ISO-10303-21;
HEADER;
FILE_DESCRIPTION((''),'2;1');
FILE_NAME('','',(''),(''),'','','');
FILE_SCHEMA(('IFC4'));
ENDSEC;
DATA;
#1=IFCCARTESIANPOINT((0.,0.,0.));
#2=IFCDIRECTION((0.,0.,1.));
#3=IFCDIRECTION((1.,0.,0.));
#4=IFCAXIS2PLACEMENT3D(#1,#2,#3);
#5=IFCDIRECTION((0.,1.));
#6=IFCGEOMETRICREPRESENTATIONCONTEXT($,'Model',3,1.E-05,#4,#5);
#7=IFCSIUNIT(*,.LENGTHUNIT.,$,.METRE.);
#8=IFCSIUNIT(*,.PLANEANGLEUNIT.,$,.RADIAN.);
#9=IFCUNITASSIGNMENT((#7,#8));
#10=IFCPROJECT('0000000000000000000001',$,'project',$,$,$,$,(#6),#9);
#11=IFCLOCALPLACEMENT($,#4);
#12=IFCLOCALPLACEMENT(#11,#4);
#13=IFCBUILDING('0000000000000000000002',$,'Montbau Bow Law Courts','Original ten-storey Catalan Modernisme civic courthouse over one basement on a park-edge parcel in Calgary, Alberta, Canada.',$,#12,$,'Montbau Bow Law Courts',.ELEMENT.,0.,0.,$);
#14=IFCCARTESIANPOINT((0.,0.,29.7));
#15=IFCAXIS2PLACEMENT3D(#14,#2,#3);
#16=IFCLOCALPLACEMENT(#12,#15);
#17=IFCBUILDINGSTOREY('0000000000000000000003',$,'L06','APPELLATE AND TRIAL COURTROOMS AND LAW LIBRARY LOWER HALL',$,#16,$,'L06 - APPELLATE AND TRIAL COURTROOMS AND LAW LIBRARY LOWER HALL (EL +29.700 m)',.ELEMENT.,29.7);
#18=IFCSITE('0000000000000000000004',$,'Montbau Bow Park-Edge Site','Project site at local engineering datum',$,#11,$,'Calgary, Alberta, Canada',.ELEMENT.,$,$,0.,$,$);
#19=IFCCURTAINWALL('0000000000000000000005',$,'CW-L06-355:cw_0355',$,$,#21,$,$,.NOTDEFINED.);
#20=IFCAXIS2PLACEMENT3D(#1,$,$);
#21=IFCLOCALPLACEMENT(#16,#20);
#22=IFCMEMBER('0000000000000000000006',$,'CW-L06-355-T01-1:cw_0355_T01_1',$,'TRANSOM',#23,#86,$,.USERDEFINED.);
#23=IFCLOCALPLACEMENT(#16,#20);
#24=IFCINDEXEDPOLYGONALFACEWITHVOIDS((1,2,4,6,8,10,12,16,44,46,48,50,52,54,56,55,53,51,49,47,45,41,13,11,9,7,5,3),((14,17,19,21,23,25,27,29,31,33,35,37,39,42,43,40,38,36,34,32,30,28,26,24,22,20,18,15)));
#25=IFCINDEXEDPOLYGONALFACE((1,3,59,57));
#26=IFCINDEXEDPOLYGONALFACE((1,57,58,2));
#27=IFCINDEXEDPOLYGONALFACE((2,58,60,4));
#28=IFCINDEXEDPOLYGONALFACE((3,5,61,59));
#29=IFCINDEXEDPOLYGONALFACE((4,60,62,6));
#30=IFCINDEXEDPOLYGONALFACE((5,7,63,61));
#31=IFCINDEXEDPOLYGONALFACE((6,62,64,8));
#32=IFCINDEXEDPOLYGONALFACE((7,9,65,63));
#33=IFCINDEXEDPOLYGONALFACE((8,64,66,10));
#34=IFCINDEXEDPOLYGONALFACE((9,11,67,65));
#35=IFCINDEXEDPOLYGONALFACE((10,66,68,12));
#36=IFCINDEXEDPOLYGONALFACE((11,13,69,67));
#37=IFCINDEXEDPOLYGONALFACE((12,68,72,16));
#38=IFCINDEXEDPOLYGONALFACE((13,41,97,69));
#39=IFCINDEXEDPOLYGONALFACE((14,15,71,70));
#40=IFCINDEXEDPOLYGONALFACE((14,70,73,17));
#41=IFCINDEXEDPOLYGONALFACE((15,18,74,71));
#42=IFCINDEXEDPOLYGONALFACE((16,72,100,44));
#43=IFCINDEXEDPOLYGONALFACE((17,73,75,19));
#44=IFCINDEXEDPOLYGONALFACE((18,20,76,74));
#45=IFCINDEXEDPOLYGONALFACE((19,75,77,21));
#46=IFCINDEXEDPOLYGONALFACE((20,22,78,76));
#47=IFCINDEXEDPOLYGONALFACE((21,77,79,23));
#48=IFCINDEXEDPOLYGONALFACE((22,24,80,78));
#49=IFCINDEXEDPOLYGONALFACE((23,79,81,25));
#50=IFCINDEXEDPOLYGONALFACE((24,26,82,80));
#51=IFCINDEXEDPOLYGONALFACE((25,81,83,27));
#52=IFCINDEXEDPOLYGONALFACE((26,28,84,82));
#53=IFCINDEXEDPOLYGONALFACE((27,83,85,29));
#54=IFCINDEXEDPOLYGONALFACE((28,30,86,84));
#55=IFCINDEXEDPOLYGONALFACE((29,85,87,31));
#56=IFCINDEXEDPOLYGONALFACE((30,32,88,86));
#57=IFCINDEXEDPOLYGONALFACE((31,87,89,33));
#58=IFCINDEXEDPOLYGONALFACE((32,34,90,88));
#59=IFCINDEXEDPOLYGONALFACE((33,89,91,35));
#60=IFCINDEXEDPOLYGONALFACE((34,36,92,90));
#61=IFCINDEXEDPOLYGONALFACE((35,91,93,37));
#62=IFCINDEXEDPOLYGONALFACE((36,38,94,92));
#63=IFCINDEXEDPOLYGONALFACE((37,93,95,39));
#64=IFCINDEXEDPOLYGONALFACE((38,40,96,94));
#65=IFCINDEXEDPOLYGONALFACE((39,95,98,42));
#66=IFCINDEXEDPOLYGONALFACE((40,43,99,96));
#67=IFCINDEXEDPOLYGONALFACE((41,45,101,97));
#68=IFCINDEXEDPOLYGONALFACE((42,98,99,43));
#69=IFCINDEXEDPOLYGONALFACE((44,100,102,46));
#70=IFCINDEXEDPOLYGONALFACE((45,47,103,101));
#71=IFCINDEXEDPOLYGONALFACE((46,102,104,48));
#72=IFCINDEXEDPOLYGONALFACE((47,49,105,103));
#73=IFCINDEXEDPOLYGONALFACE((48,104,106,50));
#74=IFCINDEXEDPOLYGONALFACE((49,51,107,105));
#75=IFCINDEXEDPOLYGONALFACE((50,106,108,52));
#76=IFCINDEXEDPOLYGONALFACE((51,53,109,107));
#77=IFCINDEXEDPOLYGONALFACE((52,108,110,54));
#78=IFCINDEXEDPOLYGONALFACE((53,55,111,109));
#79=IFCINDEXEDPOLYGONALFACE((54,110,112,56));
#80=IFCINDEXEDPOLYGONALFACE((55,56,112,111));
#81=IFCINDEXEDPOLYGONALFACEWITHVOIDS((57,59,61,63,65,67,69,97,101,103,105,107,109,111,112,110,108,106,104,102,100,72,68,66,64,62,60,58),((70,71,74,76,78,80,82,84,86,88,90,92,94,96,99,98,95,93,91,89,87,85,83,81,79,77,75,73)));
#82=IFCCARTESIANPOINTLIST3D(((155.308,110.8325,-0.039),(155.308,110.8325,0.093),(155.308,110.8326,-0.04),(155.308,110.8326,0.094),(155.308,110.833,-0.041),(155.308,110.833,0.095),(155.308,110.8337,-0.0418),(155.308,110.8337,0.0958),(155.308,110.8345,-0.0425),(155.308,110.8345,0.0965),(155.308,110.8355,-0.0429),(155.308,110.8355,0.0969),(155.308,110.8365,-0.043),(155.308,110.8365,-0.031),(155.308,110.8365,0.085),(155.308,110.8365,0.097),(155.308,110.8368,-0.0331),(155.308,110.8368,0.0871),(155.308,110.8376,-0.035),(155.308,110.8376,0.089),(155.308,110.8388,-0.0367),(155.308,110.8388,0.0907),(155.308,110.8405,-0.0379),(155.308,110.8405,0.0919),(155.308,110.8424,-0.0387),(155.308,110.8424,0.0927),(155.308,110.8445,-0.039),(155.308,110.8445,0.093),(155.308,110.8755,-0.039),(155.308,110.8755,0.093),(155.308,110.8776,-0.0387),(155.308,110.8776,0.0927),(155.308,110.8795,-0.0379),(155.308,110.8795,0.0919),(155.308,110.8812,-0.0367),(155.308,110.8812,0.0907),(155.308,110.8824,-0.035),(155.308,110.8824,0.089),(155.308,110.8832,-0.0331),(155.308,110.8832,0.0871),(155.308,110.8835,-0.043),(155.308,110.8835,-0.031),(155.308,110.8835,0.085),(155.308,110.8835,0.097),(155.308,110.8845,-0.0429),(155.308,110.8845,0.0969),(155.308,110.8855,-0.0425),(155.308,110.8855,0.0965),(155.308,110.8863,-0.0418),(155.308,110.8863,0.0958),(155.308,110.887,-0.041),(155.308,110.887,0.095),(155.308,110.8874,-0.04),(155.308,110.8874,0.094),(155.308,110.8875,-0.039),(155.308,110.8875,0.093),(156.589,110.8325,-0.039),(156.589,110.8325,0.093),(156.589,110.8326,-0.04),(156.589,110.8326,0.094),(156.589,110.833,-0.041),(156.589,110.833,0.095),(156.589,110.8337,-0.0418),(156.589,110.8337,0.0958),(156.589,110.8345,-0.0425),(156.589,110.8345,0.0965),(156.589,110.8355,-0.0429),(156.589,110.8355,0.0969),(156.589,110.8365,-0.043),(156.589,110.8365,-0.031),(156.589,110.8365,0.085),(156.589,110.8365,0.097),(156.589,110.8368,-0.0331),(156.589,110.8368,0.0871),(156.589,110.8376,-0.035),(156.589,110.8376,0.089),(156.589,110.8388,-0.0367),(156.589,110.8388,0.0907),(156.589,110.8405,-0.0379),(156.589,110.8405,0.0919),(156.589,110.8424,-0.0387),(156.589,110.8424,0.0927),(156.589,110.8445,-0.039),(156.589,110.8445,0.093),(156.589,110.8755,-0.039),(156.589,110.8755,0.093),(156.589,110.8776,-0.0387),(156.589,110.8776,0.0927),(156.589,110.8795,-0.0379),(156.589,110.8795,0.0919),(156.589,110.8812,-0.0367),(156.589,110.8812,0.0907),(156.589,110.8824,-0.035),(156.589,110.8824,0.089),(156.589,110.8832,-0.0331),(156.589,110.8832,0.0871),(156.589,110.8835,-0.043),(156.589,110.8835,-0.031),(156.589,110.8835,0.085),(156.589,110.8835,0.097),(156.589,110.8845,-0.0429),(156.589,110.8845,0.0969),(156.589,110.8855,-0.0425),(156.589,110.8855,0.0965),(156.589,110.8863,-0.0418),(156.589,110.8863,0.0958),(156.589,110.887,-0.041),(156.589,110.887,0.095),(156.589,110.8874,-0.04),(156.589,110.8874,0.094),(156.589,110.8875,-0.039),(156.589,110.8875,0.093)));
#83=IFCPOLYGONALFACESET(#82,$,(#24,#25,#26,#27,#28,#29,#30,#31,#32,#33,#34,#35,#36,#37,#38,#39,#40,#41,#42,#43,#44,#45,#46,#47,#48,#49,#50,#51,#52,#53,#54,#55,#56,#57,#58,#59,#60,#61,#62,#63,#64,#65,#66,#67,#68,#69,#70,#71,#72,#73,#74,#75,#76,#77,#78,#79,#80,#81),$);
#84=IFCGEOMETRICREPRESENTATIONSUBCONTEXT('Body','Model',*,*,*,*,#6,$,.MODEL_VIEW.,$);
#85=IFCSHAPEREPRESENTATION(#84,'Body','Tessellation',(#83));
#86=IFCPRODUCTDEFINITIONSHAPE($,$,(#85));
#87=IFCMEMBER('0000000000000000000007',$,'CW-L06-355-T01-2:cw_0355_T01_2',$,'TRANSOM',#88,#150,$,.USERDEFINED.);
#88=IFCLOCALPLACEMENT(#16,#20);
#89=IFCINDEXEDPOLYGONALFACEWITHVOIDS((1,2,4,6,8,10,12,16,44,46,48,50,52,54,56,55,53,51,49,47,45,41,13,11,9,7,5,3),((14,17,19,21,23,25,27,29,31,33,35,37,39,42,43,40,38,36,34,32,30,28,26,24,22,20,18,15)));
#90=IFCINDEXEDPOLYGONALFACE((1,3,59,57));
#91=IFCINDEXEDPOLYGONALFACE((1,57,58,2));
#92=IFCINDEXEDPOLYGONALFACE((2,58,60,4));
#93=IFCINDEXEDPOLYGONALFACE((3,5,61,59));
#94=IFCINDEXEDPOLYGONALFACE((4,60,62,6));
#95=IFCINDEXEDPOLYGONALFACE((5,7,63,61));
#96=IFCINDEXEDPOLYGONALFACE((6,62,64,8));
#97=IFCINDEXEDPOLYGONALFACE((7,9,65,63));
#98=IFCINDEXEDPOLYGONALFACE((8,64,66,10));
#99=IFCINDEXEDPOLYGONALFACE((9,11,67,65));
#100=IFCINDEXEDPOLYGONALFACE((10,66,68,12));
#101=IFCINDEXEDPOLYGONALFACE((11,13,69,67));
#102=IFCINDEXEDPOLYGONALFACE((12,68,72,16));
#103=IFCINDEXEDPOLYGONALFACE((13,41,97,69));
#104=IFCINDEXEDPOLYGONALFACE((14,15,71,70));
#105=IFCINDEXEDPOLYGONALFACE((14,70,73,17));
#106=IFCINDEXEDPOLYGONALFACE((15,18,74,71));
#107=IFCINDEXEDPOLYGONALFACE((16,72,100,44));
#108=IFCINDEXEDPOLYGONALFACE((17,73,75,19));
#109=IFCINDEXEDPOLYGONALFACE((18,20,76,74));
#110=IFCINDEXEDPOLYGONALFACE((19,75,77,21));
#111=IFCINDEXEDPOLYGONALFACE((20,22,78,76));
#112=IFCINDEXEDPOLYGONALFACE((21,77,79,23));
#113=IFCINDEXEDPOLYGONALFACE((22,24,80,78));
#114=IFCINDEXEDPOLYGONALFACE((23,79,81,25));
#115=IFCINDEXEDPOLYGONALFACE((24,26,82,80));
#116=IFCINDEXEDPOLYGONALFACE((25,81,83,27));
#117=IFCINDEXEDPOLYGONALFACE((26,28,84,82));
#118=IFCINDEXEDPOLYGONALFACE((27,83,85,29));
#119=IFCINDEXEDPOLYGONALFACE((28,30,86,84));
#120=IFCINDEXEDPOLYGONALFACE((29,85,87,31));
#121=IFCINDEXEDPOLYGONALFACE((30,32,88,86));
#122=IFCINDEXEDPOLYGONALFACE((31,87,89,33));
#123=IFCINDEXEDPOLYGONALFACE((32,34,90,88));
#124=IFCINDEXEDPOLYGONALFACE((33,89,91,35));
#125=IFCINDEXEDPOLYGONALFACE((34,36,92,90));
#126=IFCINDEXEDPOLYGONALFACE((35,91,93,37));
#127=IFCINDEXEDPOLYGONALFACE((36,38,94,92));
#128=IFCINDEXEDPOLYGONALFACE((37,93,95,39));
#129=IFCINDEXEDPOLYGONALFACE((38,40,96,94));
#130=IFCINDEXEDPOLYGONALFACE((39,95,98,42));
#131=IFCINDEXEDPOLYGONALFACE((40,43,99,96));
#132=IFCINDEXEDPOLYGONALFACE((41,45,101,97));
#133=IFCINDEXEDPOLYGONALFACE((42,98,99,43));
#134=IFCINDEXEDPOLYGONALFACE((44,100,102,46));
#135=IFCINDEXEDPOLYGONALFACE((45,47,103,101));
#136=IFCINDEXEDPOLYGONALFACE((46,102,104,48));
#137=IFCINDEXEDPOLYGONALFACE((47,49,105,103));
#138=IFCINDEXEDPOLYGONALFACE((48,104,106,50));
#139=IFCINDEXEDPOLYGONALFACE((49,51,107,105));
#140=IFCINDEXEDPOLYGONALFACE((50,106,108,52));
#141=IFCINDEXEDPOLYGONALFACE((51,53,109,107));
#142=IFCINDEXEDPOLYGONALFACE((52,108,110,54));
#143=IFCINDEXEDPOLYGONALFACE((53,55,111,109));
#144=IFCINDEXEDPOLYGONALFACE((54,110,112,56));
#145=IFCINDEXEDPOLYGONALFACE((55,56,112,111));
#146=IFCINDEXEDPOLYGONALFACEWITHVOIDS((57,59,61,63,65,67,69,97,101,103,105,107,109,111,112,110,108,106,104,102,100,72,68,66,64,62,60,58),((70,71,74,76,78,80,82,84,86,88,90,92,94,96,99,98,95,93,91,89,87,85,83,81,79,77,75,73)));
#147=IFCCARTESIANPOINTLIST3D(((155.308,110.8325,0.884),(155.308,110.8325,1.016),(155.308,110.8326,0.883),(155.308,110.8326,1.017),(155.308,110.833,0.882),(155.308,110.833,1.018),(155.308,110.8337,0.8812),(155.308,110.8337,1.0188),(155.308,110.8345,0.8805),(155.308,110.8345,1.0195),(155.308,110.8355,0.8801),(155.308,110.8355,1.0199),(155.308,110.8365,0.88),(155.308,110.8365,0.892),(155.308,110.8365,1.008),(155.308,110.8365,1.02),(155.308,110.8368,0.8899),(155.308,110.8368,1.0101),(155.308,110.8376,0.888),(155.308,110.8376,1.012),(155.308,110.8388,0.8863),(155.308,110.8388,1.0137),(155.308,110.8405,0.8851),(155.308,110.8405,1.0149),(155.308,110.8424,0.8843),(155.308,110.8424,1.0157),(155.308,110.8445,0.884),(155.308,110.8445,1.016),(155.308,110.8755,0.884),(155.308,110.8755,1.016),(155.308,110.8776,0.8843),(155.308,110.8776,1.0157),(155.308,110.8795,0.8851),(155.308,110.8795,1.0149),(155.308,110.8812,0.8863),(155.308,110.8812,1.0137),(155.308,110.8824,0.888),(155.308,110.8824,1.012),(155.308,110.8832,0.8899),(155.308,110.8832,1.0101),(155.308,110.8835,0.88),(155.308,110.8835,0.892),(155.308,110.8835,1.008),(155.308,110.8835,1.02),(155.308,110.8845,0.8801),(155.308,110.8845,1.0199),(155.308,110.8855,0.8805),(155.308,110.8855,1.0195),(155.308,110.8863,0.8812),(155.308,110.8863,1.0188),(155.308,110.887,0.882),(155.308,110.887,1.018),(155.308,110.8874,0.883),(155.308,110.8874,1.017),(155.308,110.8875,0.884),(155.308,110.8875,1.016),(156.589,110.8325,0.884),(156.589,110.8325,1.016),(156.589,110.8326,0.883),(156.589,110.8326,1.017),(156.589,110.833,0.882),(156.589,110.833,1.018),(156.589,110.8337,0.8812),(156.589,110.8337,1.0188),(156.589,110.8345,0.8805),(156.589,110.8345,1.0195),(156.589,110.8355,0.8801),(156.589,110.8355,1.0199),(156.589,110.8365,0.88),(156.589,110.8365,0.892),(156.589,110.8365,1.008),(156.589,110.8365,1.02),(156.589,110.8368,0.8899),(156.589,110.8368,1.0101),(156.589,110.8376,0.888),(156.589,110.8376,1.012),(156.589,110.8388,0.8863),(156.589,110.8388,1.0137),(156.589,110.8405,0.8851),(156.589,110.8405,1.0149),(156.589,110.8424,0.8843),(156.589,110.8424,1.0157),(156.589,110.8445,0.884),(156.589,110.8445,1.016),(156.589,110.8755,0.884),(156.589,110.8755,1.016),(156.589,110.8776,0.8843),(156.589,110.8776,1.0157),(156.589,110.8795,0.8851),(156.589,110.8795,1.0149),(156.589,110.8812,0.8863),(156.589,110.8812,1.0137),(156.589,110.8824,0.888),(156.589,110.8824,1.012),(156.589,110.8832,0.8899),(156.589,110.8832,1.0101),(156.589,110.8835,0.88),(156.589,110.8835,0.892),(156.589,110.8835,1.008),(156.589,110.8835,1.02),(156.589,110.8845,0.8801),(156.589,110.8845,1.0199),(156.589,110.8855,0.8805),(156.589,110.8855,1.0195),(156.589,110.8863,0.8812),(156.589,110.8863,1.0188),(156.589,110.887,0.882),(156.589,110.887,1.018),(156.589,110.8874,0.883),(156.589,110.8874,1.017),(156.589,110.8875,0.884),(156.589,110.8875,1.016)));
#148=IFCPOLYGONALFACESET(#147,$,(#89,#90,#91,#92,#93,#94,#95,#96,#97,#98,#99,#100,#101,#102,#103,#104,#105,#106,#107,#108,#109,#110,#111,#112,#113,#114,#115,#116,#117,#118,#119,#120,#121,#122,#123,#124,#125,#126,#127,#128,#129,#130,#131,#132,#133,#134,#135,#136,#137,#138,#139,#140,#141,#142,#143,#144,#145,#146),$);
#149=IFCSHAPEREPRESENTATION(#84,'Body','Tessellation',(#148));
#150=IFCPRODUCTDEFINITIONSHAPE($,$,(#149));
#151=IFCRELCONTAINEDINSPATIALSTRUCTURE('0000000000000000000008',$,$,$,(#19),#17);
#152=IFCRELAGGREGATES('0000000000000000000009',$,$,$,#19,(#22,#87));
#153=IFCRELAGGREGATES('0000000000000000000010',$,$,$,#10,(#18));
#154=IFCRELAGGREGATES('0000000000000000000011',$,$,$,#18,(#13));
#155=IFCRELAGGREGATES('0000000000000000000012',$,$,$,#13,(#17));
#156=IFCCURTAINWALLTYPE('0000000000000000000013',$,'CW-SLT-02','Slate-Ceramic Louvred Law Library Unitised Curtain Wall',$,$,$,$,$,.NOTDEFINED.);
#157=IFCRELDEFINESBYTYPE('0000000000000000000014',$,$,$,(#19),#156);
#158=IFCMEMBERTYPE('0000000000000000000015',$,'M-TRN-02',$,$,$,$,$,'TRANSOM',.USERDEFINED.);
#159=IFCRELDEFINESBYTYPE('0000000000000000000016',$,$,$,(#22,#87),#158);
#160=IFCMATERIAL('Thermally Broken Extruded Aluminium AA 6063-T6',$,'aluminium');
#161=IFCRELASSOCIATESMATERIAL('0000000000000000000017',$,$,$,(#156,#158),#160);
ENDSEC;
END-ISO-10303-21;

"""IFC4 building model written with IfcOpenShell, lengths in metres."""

from ifc_helpers import new_model, si_unit, direction, frame, origin_with_axes, origin_2d_with_axis, place, context, subcontext, project, spatial, hollow_rectangle, extrude, material, material_profile, profile_set, type_object, element, aggregate, save


model = new_model("IFC4")

# Units and contexts
model_context = context("Model", 3, precision=1e-05, world=origin_with_axes(), true_north=direction((0.0, 1.0)))
body_context = subcontext(model_context, "Body", "Model", "MODEL_VIEW")
ifc_project = project(units=[si_unit("LENGTHUNIT", "METRE"), si_unit("PLANEANGLEUNIT", "RADIAN")], contexts=[model_context])

# Site, building, storey
site_placement = place(None, origin_with_axes())
site = spatial("IfcSite", under=ifc_project, at=site_placement, Name="Montbau Bow Park-Edge Site", Description="Project site at local engineering datum", LongName="Calgary, Alberta, Canada", CompositionType="ELEMENT", RefElevation=0.0)
building_placement = place(site_placement, origin_with_axes())
building = spatial("IfcBuilding", under=site, at=building_placement, Name="Montbau Bow Law Courts", Description="Original ten-storey Catalan Modernisme civic courthouse over one basement on a park-edge parcel in Calgary, Alberta, Canada.", LongName="Montbau Bow Law Courts", CompositionType="ELEMENT", ElevationOfRefHeight=0.0, ElevationOfTerrain=0.0)
storey_placement = place(building_placement, frame((0.0, 0.0, 29.7), z_axis=(0.0, 0.0, 1.0), x_axis=(1.0, 0.0, 0.0)))
storey = spatial("IfcBuildingStorey", under=building, at=storey_placement, Name="L06", Description="APPELLATE AND TRIAL COURTROOMS AND LAW LIBRARY LOWER HALL", LongName="L06 - APPELLATE AND TRIAL COURTROOMS AND LAW LIBRARY LOWER HALL (EL +29.700 m)", CompositionType="ELEMENT", Elevation=29.7)

# Shared definitions
ifc_material_1 = material(Name="Thermally Broken Extruded Aluminium AA 6063-T6", Category="aluminium")
curtain_wall_type = type_object("IfcCurtainWallType", Name="CW-SLT-02", Description="Slate-Ceramic Louvred Law Library Unitised Curtain Wall", PredefinedType="NOTDEFINED", material=ifc_material_1)

# Curtain wall, members
curtain_wall_1_placement = place(None, frame((155.24, 110.86, 29.7), z_axis=(0.0, 0.0, 1.0), x_axis=(1.0, 0.0, 0.0)))
curtain_wall_1 = element("IfcCurtainWall", 1, at=curtain_wall_1_placement, inside=storey, type_object=curtain_wall_type, Name="CW-L06-355:cw_0355", PredefinedType="NOTDEFINED")
ifc_material_profile_1 = material_profile(ifc_material_1, hollow_rectangle(XDim=0.055, YDim=0.14, WallThickness=0.004, InnerFilletRadius=0.008, OuterFilletRadius=0.004, at=origin_2d_with_axis()), Name="CWT-140X55", Category="Main", Priority=0)
ifc_profile_set_1 = profile_set([ifc_material_profile_1], Name="Thermally Broken Extruded Aluminium AA 6063-T6")
member_type_1 = type_object("IfcMemberType", Name="M-TRN-02", ElementType="TRANSOM", PredefinedType="USERDEFINED", material=ifc_profile_set_1)
member_1_placement = place(None, frame((155.308, 110.86, 29.727), z_axis=(1.0, 0.0, 0.0), x_axis=(0.0, 1.0, 0.0)))
member_1 = element("IfcMember", 2, at=member_1_placement, type_object=member_type_1, Name="CW-L06-355-T01-1:cw_0355_T01_1", ObjectType="TRANSOM", PredefinedType="USERDEFINED", context=body_context, shape_type="SweptSolid", body=[
    extrude(hollow_rectangle(XDim=0.055, YDim=0.14, WallThickness=0.004, InnerFilletRadius=0.008, OuterFilletRadius=0.004, at=origin_2d_with_axis()), origin_with_axes(), (0.0, 0.0, 1.0), 1.281),
])
member_2_placement = place(None, frame((155.308, 110.86, 30.65), z_axis=(1.0, 0.0, 0.0), x_axis=(0.0, 1.0, 0.0)))
member_2 = element("IfcMember", 3, at=member_2_placement, type_object=member_type_1, Name="CW-L06-355-T01-2:cw_0355_T01_2", ObjectType="TRANSOM", PredefinedType="USERDEFINED", context=body_context, shape_type="SweptSolid", body=[
    extrude(hollow_rectangle(XDim=0.055, YDim=0.14, WallThickness=0.004, InnerFilletRadius=0.008, OuterFilletRadius=0.004, at=origin_2d_with_axis()), origin_with_axes(), (0.0, 0.0, 1.0), 1.281),
])
aggregate(curtain_wall_1, [member_1, member_2])

save(model, "model.ifc")
